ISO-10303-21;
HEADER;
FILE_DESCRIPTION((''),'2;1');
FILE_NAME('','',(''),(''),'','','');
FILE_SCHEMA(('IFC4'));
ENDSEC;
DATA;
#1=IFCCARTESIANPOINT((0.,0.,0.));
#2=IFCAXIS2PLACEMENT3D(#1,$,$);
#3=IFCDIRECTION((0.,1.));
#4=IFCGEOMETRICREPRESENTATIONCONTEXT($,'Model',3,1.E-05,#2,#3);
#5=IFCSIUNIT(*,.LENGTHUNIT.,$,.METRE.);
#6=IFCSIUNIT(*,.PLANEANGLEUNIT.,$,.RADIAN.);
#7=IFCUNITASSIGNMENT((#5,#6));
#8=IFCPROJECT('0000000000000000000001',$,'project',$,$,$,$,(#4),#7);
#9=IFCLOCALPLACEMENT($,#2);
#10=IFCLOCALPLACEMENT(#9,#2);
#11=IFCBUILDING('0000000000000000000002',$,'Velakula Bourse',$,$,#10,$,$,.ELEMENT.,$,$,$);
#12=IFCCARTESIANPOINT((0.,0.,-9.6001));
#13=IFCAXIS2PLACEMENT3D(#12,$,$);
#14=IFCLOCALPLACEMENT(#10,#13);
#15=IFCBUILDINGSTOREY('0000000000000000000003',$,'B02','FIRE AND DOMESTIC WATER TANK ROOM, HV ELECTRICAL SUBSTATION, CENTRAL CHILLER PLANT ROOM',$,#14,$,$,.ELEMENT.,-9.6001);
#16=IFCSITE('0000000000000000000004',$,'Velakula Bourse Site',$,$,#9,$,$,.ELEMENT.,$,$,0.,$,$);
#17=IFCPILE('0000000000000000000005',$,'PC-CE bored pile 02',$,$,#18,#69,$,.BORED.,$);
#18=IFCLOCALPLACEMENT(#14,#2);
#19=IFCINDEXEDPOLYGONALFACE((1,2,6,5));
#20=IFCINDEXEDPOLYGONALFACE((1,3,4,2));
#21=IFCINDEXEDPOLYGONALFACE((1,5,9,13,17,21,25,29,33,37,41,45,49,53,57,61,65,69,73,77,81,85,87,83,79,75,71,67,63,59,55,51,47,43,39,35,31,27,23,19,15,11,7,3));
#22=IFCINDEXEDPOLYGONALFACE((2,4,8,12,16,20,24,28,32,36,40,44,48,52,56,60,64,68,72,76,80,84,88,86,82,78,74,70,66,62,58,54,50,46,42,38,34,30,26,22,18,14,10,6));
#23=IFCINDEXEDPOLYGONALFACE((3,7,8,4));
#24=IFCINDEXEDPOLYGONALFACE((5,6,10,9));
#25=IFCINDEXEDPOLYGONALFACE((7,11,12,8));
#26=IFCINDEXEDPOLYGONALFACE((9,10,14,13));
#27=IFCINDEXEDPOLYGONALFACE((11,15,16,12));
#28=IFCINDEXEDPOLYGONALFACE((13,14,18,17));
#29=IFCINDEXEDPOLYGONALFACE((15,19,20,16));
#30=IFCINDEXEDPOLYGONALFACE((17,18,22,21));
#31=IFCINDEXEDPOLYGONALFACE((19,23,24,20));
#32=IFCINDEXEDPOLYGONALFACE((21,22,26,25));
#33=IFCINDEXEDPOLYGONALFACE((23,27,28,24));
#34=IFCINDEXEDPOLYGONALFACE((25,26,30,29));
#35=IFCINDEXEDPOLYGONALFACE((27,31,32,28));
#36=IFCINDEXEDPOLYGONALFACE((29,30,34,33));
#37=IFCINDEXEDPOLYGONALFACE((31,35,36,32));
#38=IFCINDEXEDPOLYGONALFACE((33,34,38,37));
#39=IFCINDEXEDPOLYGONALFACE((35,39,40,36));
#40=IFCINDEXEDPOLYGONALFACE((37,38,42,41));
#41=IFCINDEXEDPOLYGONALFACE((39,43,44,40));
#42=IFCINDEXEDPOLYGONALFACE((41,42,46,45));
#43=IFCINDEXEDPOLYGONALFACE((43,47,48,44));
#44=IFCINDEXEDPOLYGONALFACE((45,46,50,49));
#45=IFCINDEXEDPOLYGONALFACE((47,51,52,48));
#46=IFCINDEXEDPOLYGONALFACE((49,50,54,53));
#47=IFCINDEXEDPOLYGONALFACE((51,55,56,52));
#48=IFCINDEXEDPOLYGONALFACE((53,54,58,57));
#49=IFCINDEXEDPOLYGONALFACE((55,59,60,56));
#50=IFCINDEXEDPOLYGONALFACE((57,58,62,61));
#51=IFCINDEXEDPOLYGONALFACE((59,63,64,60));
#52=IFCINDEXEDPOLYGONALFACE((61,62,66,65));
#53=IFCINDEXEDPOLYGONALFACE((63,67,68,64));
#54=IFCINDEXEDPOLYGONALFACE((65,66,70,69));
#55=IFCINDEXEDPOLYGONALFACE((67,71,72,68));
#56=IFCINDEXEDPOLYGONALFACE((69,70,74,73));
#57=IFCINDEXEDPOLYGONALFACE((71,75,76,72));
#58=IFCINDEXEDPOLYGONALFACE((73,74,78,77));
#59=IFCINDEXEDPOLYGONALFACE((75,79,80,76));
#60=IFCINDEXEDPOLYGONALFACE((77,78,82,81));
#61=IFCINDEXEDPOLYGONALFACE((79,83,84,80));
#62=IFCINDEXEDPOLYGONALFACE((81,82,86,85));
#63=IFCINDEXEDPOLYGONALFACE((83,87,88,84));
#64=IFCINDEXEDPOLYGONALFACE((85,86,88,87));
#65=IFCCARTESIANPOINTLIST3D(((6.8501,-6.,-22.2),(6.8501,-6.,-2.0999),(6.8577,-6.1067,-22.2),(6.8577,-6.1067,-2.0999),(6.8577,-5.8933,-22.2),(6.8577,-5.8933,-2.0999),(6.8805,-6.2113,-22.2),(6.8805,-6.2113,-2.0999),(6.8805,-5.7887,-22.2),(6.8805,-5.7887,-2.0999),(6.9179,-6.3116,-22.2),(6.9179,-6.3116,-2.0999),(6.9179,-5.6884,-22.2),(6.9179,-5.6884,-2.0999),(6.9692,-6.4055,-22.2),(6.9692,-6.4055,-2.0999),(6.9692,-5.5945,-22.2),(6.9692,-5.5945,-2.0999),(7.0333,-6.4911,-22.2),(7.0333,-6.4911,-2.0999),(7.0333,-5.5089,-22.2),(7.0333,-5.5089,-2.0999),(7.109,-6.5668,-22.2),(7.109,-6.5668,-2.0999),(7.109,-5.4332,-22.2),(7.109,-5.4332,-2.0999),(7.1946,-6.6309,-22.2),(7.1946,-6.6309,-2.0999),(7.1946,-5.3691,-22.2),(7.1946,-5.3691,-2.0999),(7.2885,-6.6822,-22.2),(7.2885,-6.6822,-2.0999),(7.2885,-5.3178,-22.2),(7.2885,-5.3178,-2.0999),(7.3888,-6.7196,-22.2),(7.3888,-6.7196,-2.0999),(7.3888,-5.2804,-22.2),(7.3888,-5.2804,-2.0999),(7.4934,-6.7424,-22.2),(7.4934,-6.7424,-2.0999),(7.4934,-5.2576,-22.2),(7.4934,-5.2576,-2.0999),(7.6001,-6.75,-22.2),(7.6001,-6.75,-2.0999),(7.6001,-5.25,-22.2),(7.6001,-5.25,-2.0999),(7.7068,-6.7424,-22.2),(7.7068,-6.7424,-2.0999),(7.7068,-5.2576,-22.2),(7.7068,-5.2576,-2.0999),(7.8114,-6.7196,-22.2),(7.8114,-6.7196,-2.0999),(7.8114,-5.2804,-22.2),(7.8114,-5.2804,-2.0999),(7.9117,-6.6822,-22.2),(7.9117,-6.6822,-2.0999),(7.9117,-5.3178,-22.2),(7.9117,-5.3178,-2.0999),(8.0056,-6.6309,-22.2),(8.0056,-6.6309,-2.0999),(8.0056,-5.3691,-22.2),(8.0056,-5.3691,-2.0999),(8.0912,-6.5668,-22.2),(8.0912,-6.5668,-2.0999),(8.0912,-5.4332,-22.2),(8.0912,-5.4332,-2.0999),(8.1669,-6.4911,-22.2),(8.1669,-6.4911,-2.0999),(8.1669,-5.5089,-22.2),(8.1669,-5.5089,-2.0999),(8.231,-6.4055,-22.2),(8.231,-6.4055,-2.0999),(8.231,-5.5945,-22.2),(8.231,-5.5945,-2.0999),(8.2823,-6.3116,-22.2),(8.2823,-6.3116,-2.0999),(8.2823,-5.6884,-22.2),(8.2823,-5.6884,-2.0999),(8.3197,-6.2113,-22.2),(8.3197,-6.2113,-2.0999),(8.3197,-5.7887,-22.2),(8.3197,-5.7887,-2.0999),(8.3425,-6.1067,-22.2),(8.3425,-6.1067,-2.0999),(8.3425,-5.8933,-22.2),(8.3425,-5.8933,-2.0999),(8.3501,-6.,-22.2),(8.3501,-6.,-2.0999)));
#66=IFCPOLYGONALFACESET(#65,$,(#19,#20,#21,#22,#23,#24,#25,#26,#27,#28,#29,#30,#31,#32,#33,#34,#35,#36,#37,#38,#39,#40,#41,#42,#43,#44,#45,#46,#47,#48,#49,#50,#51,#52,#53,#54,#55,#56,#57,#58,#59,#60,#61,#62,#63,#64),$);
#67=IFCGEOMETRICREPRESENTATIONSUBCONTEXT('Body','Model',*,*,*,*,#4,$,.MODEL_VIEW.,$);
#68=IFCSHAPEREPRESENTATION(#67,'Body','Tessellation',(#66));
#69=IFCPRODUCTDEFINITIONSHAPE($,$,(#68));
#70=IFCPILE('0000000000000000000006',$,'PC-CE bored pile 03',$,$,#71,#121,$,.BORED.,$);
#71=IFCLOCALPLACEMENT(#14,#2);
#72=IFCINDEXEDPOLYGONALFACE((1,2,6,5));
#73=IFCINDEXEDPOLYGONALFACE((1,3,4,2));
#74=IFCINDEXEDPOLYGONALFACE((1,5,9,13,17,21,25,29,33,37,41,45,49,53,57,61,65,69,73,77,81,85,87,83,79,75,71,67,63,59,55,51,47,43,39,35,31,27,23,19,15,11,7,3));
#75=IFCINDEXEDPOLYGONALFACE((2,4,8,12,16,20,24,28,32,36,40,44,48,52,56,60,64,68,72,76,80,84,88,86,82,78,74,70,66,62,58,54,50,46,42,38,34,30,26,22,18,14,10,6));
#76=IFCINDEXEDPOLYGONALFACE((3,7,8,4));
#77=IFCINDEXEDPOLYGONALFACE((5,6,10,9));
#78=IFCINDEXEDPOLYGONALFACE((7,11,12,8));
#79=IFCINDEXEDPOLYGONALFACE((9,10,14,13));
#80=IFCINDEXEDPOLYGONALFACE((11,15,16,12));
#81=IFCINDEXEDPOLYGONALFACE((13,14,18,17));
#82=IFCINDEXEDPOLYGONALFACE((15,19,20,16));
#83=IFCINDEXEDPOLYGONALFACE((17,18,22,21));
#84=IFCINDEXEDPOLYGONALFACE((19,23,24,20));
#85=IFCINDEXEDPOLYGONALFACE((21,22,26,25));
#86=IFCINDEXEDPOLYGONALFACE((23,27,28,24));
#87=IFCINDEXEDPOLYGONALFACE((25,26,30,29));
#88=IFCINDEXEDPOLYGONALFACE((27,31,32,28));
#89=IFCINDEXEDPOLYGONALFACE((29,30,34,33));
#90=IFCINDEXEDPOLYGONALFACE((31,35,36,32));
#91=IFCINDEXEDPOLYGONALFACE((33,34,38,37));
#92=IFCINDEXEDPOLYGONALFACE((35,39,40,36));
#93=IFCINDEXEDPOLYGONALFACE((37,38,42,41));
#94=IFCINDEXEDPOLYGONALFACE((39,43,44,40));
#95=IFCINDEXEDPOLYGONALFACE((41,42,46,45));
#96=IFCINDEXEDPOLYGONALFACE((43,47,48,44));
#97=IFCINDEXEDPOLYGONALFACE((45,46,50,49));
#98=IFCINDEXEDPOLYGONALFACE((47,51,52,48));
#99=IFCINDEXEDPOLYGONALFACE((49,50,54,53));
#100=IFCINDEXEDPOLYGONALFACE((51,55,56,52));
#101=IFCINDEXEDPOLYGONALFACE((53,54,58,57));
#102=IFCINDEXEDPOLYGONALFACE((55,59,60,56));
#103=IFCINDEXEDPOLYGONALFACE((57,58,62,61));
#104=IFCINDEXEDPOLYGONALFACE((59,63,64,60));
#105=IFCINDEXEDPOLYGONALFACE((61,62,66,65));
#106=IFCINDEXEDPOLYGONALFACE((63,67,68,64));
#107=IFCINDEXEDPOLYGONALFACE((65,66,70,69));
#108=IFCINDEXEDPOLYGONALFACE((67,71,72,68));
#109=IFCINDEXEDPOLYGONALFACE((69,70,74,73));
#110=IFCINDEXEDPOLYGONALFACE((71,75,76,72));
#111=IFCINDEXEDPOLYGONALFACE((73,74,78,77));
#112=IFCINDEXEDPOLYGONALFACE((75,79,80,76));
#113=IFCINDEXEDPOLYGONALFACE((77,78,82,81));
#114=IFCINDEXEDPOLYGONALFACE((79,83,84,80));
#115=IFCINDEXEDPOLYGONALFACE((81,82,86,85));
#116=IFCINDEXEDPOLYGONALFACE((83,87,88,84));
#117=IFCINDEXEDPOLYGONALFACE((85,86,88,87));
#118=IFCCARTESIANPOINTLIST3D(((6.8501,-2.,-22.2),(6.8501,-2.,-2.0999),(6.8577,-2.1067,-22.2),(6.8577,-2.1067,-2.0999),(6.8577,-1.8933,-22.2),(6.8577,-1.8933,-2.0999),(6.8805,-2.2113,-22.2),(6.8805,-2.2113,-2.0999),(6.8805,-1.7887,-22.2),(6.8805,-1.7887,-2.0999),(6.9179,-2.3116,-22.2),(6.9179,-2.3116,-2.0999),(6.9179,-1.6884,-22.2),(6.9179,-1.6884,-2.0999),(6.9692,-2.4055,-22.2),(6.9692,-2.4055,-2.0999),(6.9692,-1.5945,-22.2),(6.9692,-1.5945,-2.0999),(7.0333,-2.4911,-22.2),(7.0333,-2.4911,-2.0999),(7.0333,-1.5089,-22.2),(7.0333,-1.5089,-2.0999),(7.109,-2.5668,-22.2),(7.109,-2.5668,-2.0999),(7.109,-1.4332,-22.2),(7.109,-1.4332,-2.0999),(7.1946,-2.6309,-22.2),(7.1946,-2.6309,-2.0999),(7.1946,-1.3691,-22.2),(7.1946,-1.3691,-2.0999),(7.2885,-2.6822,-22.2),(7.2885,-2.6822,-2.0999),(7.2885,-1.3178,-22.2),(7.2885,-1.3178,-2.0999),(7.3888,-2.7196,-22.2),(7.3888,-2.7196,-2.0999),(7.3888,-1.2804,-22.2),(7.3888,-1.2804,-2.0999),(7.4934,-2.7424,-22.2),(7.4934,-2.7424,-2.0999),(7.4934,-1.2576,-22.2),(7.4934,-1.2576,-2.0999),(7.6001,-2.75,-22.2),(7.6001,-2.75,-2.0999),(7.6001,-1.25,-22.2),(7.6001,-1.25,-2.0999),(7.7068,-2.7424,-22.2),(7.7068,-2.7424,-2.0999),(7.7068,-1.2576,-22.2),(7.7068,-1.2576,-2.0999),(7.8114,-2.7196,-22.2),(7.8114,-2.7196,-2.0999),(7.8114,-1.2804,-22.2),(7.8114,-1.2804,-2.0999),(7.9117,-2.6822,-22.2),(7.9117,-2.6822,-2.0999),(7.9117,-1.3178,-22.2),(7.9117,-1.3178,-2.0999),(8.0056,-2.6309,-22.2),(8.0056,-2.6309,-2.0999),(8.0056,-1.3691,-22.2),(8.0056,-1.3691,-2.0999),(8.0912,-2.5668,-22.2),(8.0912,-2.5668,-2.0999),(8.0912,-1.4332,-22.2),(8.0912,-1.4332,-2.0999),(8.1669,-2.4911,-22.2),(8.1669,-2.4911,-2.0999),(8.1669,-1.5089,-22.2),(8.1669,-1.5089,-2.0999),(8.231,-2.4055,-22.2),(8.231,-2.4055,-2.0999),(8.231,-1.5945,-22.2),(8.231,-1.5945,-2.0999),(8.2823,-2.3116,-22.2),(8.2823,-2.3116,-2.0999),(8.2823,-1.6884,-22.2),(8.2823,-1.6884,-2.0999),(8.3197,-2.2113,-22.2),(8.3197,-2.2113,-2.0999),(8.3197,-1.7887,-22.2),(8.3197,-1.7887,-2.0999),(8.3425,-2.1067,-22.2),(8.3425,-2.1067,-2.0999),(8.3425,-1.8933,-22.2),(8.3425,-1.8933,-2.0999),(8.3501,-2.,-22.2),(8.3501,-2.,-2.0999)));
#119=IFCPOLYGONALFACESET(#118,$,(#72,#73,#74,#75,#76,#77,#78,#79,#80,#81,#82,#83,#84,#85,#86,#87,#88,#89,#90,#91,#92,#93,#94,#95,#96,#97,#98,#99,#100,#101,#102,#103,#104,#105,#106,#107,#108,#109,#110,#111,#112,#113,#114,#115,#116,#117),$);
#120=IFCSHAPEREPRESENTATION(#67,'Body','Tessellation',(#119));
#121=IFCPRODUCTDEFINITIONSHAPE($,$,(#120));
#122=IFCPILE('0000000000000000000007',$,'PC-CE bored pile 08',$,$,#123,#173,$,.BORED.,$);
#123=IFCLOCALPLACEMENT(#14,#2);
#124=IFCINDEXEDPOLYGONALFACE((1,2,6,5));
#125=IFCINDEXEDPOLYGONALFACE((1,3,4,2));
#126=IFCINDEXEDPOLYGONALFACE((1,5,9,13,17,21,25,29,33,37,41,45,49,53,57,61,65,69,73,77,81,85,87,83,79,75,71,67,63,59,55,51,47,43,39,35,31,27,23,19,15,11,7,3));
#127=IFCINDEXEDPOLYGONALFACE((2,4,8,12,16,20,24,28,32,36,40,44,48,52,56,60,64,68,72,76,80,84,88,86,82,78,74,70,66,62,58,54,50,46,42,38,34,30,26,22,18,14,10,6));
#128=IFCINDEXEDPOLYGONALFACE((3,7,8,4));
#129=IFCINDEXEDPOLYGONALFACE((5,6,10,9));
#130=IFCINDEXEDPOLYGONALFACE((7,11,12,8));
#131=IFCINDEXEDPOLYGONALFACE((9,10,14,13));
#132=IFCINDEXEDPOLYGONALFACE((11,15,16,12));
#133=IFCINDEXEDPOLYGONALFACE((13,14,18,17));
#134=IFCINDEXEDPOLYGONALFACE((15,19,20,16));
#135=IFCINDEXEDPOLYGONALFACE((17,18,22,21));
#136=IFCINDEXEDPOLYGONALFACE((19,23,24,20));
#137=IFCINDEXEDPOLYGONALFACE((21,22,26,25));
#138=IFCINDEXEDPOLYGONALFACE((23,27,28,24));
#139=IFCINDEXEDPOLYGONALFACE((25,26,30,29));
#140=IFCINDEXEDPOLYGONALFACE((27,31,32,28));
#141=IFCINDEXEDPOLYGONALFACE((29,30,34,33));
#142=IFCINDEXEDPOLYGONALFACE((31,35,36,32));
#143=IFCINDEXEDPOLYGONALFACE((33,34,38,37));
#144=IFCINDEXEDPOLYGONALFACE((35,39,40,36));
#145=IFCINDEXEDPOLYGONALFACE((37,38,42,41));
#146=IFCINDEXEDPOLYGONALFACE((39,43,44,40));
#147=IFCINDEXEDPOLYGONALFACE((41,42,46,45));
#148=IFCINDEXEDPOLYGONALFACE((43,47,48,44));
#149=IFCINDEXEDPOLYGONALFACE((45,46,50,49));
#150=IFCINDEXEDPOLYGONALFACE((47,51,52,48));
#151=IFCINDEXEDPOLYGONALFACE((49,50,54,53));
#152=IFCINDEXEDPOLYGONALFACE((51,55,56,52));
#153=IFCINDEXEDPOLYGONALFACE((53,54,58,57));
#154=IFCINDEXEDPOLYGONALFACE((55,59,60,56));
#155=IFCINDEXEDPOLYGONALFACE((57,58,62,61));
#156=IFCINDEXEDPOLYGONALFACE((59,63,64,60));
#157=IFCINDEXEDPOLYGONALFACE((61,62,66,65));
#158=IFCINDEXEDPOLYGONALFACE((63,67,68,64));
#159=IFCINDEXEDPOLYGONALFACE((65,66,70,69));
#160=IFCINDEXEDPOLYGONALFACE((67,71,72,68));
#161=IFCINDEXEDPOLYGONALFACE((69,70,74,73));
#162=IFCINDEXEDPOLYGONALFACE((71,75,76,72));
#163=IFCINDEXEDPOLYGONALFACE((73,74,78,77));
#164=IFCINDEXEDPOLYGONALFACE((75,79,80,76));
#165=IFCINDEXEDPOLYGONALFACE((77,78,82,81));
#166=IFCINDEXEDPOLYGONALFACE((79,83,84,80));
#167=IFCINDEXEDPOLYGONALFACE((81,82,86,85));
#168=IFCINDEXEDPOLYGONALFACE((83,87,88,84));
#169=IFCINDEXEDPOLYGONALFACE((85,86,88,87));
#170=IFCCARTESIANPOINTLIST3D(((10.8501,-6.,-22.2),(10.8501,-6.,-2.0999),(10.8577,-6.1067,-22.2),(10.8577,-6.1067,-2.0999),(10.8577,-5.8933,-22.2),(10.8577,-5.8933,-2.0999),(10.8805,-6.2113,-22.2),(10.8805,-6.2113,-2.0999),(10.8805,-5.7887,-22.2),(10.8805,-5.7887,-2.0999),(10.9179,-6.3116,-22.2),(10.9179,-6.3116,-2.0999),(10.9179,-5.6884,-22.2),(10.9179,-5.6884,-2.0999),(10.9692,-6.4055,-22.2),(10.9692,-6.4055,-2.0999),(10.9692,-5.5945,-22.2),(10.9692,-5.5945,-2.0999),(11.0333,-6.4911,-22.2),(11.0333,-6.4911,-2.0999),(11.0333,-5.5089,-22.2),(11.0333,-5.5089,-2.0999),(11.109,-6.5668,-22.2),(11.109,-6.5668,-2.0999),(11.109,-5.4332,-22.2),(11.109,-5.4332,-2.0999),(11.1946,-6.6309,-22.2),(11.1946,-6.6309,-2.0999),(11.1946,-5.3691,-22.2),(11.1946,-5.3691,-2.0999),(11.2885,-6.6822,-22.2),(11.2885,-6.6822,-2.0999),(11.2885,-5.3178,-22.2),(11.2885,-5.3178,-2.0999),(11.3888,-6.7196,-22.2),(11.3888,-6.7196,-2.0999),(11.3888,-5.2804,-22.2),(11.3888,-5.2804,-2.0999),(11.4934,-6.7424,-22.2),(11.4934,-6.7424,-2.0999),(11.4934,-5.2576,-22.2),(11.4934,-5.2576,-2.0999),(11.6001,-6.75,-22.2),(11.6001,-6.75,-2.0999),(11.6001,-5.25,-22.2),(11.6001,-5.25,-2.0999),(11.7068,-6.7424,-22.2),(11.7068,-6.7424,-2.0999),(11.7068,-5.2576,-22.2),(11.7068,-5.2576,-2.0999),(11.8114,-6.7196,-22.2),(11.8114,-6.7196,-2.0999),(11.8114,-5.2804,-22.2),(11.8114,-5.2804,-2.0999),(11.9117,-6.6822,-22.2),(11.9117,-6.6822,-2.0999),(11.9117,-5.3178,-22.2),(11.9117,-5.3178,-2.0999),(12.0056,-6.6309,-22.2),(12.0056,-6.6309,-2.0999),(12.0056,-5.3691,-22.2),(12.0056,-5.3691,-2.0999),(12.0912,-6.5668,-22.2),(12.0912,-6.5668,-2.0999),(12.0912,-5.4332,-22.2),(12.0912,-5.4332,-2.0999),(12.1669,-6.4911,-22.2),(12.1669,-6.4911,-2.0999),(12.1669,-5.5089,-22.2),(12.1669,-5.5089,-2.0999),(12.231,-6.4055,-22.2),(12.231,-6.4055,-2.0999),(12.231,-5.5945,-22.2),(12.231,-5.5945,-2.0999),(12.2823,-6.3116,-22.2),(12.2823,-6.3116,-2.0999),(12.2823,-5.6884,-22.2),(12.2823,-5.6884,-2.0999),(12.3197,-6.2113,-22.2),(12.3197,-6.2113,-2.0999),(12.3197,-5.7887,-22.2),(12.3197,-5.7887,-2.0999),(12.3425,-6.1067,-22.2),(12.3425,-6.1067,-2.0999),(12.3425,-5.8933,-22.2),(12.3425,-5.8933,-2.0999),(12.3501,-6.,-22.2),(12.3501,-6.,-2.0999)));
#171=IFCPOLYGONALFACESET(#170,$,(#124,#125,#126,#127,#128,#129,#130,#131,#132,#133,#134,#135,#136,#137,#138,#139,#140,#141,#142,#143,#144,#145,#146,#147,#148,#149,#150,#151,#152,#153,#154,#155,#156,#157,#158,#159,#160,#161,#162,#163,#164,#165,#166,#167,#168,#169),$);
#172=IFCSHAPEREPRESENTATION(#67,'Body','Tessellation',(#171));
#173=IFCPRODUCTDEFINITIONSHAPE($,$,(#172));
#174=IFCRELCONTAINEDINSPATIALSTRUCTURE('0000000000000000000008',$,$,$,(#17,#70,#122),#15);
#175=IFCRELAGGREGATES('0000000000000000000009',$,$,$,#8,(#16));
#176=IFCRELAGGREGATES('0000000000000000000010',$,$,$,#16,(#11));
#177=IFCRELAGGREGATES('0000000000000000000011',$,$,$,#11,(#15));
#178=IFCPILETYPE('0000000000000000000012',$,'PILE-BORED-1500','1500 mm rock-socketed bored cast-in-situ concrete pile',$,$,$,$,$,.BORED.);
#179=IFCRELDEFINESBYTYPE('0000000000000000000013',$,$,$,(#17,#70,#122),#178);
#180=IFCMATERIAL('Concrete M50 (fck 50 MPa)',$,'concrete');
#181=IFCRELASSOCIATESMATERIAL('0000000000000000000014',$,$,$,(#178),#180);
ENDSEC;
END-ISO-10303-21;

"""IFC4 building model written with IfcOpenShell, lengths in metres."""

from ifc_helpers import new_model, si_unit, direction, frame, origin, origin_2d, place, context, subcontext, project, spatial, circle, extrude, material, material_profile, profile_set, type_object, element, save


model = new_model("IFC4")

# Units and contexts
model_context = context("Model", 3, precision=1e-05, world=origin(), true_north=direction((0.0, 1.0)))
body_context = subcontext(model_context, "Body", "Model", "MODEL_VIEW")
ifc_project = project(units=[si_unit("LENGTHUNIT", "METRE"), si_unit("PLANEANGLEUNIT", "RADIAN")], contexts=[model_context])

# Site, building, storey
site_placement = place(None, origin())
site = spatial("IfcSite", under=ifc_project, at=site_placement, Name="Velakula Bourse Site", CompositionType="ELEMENT", RefElevation=0.0)
building_placement = place(site_placement, origin())
building = spatial("IfcBuilding", under=site, at=building_placement, Name="Velakula Bourse", CompositionType="ELEMENT")
storey_placement = place(building_placement, frame((0.0, 0.0, -9.6001)))
storey = spatial("IfcBuildingStorey", under=building, at=storey_placement, Name="B02", Description="FIRE AND DOMESTIC WATER TANK ROOM, HV ELECTRICAL SUBSTATION, CENTRAL CHILLER PLANT ROOM", CompositionType="ELEMENT", Elevation=-9.6001)

# Piles
ifc_material_1 = material(Name="Concrete M50 (fck 50 MPa)", Category="concrete")
ifc_material_profile_1 = material_profile(ifc_material_1, circle(Radius=0.75, at=origin_2d()), Name="Concrete M50 (fck 50 MPa)")
ifc_profile_set_1 = profile_set([ifc_material_profile_1], Name="Concrete M50 (fck 50 MPa)")
pile_type = type_object("IfcPileType", Name="PILE-BORED-1500", Description="1500 mm rock-socketed bored cast-in-situ concrete pile", PredefinedType="BORED", material=ifc_profile_set_1)
for number, where, z_axis, x_axis, name in (
    (1, (7.6001, -6.0, -2.0999), (0.0, 0.0, -1.0), (1.0, 0.0, 0.0), "PC-CE bored pile 02"),
    (2, (7.6001, -2.0, -2.0999), (0.0, 0.0, -1.0), (1.0, 0.0, 0.0), "PC-CE bored pile 03"),
    (3, (11.6001, -6.0, -2.0999), (0.0, 0.0, -1.0), (1.0, 0.0, 0.0), "PC-CE bored pile 08"),
):
    element("IfcPile", number, at=place(storey_placement, frame(where, z_axis=z_axis, x_axis=x_axis)), inside=storey, type_object=pile_type, Name=name, PredefinedType="BORED", context=body_context, shape_type="SweptSolid", body=[
        extrude(circle(Radius=0.75, at=origin_2d()), origin(), (0.0, 0.0, 1.0), 20.1001),
    ])

save(model, "model.ifc")
